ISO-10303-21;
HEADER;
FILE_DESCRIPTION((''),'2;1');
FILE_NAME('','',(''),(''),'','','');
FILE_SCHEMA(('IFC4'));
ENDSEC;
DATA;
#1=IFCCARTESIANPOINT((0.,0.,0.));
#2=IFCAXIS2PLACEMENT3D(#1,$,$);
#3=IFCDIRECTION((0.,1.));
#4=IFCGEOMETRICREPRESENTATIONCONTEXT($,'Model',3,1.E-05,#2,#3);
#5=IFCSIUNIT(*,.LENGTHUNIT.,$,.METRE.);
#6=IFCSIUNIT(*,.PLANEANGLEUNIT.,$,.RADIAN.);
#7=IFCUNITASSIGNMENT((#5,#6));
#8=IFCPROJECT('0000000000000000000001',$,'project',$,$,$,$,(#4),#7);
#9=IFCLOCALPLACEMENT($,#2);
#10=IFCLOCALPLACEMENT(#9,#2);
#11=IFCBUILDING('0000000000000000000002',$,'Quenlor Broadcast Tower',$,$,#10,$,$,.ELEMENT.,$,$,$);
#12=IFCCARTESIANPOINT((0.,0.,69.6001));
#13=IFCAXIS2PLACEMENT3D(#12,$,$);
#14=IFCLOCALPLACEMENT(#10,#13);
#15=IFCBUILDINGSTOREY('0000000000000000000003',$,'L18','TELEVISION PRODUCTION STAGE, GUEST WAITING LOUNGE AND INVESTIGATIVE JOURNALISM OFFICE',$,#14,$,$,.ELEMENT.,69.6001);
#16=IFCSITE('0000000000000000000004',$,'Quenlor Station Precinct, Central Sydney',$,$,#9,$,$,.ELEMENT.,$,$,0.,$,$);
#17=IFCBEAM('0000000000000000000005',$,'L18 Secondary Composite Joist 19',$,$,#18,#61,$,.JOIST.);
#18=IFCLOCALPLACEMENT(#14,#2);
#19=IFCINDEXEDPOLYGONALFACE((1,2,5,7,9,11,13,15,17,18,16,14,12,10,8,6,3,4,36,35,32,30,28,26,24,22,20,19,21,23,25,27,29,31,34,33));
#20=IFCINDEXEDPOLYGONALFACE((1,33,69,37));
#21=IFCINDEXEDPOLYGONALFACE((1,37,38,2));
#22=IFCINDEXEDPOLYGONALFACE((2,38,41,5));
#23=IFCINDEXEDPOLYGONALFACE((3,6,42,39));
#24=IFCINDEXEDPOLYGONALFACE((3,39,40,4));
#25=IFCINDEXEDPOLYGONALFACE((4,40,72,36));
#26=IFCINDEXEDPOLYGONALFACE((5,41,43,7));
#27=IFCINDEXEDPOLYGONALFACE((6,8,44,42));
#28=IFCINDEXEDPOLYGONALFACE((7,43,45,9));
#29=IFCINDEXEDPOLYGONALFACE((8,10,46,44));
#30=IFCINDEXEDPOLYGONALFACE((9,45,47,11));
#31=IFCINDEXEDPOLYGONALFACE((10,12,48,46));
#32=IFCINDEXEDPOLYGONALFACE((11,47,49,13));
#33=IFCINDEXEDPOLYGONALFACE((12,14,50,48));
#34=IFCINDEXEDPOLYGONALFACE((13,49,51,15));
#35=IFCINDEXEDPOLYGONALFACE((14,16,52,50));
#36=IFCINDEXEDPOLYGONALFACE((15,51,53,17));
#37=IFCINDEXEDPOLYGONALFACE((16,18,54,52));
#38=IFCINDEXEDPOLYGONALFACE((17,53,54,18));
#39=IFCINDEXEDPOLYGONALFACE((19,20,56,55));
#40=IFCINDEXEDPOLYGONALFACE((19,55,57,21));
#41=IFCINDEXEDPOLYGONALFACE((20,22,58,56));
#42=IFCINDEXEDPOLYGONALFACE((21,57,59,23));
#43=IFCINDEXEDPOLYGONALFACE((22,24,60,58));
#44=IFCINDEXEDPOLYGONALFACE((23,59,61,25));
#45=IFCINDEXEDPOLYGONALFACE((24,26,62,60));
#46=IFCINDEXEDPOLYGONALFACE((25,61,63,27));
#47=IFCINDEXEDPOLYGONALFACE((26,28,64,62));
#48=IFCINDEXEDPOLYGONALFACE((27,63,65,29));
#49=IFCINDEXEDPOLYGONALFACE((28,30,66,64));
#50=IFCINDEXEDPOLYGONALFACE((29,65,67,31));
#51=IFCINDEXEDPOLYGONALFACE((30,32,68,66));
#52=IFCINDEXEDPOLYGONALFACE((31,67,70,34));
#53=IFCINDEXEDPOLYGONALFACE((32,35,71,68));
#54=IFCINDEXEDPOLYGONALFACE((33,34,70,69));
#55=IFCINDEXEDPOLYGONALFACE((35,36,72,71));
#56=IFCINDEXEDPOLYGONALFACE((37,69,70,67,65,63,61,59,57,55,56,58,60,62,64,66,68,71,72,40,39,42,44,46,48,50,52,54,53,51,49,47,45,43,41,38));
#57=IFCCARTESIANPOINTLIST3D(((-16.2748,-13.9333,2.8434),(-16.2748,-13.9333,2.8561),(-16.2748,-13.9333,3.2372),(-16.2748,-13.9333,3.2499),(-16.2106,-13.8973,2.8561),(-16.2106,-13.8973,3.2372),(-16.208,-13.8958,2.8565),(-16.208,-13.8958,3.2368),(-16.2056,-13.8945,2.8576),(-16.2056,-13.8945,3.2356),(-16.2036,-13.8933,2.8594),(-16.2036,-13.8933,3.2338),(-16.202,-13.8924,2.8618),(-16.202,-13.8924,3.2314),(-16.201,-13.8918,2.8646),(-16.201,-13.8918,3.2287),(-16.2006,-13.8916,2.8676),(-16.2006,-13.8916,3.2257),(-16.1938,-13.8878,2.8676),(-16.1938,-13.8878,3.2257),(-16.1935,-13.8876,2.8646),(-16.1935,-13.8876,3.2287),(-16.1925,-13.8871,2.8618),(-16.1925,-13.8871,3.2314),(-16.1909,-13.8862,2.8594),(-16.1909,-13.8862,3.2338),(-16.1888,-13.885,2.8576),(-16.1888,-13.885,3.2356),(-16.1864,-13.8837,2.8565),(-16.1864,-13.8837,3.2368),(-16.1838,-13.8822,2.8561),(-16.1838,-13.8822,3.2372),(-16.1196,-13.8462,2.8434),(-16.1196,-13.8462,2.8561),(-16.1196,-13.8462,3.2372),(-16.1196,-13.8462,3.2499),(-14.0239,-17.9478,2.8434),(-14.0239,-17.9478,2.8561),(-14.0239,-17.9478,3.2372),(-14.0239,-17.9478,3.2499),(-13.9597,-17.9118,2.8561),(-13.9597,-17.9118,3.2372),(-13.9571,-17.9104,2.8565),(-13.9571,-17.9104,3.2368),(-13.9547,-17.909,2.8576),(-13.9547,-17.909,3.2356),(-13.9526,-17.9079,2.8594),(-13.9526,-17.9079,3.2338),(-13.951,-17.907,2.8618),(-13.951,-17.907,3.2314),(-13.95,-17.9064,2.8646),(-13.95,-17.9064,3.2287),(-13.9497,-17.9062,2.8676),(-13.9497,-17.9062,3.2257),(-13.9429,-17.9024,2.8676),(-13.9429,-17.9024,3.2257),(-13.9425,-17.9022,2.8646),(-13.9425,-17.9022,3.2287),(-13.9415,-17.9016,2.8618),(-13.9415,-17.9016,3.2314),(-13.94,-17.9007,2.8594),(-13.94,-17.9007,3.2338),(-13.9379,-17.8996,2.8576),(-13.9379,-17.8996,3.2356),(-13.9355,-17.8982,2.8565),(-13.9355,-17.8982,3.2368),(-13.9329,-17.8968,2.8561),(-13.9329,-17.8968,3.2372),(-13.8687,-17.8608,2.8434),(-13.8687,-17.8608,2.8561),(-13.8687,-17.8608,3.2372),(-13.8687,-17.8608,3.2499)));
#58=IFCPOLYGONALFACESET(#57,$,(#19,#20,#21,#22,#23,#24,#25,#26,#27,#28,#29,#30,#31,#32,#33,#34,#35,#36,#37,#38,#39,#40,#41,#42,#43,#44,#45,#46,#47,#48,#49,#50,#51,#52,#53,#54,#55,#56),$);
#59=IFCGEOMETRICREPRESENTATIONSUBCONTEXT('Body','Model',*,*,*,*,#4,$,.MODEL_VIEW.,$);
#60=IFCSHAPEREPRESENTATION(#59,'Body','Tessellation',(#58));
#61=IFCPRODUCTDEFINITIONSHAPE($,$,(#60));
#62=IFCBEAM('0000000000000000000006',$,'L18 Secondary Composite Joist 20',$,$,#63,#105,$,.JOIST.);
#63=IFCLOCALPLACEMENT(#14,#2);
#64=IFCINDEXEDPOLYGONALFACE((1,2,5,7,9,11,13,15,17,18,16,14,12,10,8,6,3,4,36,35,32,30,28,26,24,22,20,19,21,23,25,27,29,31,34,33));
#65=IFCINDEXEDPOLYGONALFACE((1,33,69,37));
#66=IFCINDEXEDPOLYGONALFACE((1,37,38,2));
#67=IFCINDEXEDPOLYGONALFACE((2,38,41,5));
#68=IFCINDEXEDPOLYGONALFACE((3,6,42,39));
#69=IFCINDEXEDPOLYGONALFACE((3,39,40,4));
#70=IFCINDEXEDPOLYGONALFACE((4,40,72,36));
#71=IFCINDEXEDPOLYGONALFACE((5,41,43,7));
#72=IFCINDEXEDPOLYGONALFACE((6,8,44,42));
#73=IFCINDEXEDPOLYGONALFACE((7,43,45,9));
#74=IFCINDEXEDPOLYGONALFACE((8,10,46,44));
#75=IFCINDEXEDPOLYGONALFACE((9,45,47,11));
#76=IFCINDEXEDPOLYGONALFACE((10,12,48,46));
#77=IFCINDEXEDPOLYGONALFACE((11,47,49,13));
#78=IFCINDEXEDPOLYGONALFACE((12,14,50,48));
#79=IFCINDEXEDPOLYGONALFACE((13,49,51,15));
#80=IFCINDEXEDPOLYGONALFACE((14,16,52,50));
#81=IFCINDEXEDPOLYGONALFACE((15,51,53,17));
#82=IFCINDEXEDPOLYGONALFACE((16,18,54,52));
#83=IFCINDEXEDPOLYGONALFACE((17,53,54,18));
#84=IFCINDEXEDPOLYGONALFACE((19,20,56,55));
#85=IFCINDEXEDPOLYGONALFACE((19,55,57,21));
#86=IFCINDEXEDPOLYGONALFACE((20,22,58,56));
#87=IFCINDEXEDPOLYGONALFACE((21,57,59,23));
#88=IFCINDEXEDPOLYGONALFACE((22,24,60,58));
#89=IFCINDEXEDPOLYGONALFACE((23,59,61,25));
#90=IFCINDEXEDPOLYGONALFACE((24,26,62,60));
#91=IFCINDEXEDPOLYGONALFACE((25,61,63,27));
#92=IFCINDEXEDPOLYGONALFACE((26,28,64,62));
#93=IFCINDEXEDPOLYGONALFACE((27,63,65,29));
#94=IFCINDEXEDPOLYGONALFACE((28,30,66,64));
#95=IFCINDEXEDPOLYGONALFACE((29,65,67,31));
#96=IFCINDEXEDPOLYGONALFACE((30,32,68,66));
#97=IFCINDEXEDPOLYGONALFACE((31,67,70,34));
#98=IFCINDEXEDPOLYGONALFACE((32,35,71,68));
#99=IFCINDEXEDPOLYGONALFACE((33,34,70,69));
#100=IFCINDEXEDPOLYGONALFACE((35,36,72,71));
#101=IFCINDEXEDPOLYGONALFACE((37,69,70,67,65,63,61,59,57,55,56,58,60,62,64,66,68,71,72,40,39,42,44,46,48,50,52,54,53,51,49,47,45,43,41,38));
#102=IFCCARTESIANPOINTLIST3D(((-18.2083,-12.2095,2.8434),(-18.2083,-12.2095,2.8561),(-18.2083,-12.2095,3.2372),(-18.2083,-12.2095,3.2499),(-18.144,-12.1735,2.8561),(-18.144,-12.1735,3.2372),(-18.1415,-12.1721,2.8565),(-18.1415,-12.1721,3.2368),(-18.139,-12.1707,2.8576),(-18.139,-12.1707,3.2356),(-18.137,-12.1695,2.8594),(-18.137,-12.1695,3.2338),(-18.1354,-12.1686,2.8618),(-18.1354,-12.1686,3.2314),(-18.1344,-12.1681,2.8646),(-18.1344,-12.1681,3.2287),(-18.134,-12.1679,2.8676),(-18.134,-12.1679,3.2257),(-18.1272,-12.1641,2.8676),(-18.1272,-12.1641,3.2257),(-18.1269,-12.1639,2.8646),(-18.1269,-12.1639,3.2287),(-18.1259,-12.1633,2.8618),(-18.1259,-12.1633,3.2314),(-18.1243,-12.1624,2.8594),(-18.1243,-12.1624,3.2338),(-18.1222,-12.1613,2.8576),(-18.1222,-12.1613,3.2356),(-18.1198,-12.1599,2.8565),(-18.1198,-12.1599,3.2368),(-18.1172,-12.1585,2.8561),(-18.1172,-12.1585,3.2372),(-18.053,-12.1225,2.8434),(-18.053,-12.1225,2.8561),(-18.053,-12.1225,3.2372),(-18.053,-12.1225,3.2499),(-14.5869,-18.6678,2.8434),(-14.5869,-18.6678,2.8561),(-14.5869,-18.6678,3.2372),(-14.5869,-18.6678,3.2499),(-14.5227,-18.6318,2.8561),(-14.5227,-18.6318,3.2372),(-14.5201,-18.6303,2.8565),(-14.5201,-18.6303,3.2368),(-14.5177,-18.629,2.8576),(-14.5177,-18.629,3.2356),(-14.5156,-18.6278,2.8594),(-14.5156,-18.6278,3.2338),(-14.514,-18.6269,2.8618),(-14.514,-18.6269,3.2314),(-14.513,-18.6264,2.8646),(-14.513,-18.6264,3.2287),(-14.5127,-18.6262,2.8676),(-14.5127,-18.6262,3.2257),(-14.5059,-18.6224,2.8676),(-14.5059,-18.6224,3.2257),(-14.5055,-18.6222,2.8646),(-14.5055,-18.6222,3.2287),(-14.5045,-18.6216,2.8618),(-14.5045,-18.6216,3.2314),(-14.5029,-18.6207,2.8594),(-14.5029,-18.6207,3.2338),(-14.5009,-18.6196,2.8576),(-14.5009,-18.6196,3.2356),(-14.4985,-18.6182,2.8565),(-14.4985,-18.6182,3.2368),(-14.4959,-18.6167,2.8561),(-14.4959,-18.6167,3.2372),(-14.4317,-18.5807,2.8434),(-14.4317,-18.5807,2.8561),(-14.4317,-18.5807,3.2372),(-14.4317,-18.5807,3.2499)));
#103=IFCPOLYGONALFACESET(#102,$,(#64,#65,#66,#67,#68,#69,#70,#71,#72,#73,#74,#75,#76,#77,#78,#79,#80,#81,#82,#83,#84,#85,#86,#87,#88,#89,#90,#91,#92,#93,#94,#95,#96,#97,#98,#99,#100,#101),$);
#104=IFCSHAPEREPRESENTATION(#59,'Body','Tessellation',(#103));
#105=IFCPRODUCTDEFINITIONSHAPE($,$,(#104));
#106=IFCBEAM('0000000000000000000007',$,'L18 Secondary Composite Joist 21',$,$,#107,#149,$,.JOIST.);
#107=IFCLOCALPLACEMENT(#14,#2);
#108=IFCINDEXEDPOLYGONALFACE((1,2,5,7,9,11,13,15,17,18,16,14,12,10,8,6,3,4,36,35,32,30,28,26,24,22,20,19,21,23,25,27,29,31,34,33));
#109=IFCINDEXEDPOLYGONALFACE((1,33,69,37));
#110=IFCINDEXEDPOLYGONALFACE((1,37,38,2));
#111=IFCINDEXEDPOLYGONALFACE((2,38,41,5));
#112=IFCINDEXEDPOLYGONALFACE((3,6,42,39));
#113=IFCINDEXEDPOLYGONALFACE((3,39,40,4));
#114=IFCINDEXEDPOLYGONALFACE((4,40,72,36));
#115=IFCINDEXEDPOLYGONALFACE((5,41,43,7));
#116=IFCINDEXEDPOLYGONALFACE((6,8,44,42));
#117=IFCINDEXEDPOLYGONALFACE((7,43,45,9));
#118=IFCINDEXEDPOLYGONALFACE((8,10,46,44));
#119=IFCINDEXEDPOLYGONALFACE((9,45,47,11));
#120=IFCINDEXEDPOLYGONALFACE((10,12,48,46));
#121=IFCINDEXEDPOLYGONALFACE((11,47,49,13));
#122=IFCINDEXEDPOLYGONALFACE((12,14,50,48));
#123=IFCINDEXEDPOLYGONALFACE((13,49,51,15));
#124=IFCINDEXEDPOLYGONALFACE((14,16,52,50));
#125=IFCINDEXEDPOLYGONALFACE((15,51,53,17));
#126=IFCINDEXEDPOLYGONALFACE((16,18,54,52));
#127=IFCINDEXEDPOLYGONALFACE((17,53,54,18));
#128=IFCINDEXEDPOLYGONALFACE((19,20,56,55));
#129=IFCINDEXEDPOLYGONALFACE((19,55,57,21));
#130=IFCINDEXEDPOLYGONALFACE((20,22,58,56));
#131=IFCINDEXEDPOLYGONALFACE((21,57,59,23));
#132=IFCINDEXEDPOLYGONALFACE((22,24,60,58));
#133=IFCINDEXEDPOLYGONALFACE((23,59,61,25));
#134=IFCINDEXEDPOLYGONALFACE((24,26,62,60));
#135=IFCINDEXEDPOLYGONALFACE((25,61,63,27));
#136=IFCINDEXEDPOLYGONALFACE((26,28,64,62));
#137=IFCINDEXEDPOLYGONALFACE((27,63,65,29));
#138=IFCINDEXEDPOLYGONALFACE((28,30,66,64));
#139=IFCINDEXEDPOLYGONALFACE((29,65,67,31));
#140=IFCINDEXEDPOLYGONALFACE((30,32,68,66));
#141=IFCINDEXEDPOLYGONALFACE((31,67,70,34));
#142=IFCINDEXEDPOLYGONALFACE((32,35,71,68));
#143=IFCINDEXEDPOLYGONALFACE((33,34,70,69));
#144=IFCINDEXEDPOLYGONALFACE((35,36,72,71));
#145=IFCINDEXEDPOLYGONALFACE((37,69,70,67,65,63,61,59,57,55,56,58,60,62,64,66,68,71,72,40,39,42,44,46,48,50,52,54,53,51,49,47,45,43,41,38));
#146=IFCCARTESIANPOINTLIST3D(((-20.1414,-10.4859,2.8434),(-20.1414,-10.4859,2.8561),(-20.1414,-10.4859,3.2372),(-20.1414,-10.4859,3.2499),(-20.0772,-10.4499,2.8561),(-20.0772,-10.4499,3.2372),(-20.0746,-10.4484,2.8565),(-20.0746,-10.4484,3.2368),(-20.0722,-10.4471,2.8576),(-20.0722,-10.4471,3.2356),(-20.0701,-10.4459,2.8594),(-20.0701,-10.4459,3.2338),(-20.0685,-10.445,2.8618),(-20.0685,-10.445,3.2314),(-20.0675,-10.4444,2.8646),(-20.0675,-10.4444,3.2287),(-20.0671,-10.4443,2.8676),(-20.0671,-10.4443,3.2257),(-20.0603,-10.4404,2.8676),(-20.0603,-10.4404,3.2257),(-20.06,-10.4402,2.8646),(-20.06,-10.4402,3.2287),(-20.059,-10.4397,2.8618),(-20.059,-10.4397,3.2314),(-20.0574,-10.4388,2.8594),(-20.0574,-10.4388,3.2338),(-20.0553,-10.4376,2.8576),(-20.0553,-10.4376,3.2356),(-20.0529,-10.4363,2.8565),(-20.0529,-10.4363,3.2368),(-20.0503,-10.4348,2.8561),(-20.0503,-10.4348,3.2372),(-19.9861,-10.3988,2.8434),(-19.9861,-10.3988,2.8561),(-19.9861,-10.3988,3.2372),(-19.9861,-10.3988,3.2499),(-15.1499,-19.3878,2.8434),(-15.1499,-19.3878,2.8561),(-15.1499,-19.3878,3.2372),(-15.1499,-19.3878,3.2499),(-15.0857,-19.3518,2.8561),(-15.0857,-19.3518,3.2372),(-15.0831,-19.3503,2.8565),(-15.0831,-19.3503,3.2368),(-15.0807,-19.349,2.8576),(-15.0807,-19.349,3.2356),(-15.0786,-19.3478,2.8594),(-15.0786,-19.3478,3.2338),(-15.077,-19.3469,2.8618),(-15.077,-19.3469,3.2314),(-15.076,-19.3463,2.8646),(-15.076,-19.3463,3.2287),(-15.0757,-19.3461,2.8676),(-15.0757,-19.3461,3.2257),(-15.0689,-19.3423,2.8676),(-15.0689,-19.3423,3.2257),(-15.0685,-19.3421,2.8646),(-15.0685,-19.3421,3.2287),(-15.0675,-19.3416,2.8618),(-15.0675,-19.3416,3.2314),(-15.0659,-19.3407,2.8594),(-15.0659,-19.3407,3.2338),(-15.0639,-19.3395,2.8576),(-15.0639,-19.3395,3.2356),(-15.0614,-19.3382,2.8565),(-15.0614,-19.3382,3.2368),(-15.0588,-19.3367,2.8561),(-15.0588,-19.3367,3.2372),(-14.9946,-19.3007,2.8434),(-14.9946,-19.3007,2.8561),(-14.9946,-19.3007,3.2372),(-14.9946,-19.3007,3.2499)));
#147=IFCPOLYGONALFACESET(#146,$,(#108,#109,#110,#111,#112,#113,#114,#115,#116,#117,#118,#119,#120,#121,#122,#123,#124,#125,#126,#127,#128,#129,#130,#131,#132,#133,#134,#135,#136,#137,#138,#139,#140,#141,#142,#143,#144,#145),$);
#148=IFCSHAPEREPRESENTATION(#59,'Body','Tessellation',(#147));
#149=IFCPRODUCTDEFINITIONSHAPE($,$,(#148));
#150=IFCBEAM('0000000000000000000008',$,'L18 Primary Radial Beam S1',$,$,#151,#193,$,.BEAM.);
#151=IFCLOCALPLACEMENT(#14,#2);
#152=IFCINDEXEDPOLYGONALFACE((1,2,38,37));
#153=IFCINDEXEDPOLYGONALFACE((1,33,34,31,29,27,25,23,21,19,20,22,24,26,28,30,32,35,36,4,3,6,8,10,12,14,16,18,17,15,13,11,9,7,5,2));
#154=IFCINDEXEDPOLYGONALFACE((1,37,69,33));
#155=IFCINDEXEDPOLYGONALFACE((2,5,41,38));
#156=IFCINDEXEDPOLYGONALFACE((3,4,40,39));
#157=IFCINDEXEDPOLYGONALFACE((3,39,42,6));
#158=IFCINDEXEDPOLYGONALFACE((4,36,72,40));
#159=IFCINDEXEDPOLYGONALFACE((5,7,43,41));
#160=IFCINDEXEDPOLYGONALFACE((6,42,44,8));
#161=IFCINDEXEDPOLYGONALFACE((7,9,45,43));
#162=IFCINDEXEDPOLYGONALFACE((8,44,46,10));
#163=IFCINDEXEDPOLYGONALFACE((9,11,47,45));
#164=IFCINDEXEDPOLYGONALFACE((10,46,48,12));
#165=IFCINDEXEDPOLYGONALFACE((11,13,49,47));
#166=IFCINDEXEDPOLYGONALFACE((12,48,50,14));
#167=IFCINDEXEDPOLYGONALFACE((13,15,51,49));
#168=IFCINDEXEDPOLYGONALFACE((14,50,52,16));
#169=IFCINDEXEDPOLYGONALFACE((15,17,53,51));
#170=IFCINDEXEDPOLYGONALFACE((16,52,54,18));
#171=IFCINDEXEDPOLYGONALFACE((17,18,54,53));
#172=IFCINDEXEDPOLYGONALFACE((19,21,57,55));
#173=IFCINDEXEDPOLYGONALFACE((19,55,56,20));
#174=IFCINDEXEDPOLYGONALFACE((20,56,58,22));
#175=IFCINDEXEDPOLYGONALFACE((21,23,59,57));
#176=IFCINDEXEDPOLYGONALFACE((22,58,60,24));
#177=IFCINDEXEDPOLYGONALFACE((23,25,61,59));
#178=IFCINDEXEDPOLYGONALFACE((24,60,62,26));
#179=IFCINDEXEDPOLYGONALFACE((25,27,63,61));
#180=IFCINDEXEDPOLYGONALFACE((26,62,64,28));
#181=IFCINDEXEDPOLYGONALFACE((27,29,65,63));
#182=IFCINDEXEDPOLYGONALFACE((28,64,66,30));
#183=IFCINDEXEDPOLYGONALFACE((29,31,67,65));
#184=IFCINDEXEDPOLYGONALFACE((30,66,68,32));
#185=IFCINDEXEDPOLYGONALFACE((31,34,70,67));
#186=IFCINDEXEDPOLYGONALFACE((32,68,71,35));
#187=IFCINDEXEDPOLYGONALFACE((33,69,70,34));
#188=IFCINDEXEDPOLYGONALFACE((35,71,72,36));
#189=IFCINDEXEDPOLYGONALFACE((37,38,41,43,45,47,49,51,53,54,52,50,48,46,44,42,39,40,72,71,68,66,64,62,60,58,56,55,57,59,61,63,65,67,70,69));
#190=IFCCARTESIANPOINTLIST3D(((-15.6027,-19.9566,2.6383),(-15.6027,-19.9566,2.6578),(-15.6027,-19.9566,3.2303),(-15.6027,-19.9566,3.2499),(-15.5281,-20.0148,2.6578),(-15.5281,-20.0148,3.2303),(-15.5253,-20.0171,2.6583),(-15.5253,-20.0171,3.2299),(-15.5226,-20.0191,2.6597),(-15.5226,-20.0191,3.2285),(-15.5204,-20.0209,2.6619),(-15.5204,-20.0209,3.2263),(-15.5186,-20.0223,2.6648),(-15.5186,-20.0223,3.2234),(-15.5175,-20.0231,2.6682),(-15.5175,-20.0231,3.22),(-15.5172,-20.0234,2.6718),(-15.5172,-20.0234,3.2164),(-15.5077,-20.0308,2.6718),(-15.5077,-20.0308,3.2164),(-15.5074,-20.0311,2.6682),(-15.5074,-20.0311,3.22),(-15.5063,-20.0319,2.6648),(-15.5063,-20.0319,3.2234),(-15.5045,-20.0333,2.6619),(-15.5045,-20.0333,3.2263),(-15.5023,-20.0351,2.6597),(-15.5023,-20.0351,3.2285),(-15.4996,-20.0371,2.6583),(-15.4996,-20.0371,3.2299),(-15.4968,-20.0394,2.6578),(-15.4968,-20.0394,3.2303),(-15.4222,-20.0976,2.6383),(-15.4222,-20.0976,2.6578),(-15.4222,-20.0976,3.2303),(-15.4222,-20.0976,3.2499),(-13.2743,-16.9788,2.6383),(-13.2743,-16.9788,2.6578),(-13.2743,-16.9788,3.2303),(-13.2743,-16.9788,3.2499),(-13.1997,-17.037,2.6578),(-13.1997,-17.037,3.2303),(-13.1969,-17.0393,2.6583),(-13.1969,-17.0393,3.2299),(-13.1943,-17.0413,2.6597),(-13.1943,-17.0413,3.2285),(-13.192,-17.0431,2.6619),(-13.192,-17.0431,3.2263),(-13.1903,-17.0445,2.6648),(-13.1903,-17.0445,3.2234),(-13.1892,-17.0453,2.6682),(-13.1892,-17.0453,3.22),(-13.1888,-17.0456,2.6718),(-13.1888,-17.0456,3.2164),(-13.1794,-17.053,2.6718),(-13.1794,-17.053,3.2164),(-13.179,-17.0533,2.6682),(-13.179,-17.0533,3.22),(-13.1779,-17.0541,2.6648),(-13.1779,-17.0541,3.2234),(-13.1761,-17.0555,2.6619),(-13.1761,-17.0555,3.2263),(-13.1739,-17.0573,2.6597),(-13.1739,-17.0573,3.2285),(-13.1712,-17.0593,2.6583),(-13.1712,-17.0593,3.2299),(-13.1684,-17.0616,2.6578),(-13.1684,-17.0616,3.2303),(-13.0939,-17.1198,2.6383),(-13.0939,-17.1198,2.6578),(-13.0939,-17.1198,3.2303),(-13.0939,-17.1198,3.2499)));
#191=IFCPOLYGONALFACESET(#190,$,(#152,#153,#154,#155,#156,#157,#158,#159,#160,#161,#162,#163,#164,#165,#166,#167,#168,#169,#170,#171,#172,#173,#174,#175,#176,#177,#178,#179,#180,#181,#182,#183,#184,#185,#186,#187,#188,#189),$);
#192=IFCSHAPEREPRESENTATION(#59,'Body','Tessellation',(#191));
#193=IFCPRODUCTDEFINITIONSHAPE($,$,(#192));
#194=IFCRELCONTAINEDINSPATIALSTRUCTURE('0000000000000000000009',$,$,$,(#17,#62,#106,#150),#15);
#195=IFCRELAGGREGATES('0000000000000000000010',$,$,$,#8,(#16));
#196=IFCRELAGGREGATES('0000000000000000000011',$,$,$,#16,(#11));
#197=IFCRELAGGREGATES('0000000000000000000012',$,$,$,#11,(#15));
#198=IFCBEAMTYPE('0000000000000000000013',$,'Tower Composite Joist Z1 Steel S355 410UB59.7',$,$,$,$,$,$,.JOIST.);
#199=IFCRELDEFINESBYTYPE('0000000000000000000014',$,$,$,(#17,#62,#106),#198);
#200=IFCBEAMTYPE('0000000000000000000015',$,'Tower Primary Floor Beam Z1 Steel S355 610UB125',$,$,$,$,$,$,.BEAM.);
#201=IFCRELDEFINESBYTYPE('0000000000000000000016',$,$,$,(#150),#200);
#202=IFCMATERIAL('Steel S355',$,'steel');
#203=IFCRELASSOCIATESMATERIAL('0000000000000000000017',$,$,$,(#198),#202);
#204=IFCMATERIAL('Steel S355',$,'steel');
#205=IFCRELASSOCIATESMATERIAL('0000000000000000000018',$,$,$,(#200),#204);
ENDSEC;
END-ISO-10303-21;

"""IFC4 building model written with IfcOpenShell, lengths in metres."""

from ifc_helpers import new_model, si_unit, direction, frame, origin, origin_2d, place, context, subcontext, project, spatial, i_section, extrude, material, material_profile, profile_set, type_object, element, save


model = new_model("IFC4")

# Units and contexts
model_context = context("Model", 3, precision=1e-05, world=origin(), true_north=direction((0.0, 1.0)))
body_context = subcontext(model_context, "Body", "Model", "MODEL_VIEW")
ifc_project = project(units=[si_unit("LENGTHUNIT", "METRE"), si_unit("PLANEANGLEUNIT", "RADIAN")], contexts=[model_context])

# Site, building, storey
site_placement = place(None, origin())
site = spatial("IfcSite", under=ifc_project, at=site_placement, Name="Quenlor Station Precinct, Central Sydney", CompositionType="ELEMENT", RefElevation=0.0)
building_placement = place(site_placement, origin())
building = spatial("IfcBuilding", under=site, at=building_placement, Name="Quenlor Broadcast Tower", CompositionType="ELEMENT")
storey_placement = place(building_placement, frame((0.0, 0.0, 69.6001)))
storey = spatial("IfcBuildingStorey", under=building, at=storey_placement, Name="L18", Description="TELEVISION PRODUCTION STAGE, GUEST WAITING LOUNGE AND INVESTIGATIVE JOURNALISM OFFICE", CompositionType="ELEMENT", Elevation=69.6001)

# Beams
ifc_material_1 = material(Name="Steel S355", Category="steel")
ifc_material_profile_1 = material_profile(ifc_material_1, i_section(OverallWidth=0.178, OverallDepth=0.4065, WebThickness=0.0078, FlangeThickness=0.0127, FilletRadius=0.0115, at=origin_2d()))
ifc_profile_set_1 = profile_set([ifc_material_profile_1], Name="Steel S355 410UB59.7")
beam_type_1 = type_object("IfcBeamType", Name="Tower Composite Joist Z1 Steel S355 410UB59.7", PredefinedType="JOIST", material=ifc_profile_set_1)
beam_1_placement = place(storey_placement, frame((-13.9463, -17.9043, 3.0466), z_axis=(-0.489062, 0.872249, 0.0), x_axis=(-0.872249, -0.489062, 0.0)))
element("IfcBeam", 1, at=beam_1_placement, inside=storey, type_object=beam_type_1, Name="L18 Secondary Composite Joist 19", PredefinedType="JOIST", context=body_context, shape_type="SweptSolid", body=[
    extrude(i_section(OverallWidth=0.178, OverallDepth=0.4065, WebThickness=0.0078, FlangeThickness=0.0127, FilletRadius=0.0115, at=origin_2d()), origin(), (0.0, 0.0, 1.0), 4.6025),
])
beam_2_placement = place(storey_placement, frame((-14.5093, -18.6243, 3.0466), z_axis=(-0.489088, 0.872234, 0.0), x_axis=(-0.872234, -0.489088, 0.0)))
element("IfcBeam", 2, at=beam_2_placement, inside=storey, type_object=beam_type_1, Name="L18 Secondary Composite Joist 20", PredefinedType="JOIST", context=body_context, shape_type="SweptSolid", body=[
    extrude(i_section(OverallWidth=0.178, OverallDepth=0.4065, WebThickness=0.0078, FlangeThickness=0.0127, FilletRadius=0.0115, at=origin_2d()), origin(), (0.0, 0.0, 1.0), 7.4043),
])
beam_3_placement = place(storey_placement, frame((-15.0723, -19.3442, 3.0466), z_axis=(-0.489082, 0.872238, 0.0), x_axis=(-0.872238, -0.489082, 0.0)))
element("IfcBeam", 3, at=beam_3_placement, inside=storey, type_object=beam_type_1, Name="L18 Secondary Composite Joist 21", PredefinedType="JOIST", context=body_context, shape_type="SweptSolid", body=[
    extrude(i_section(OverallWidth=0.178, OverallDepth=0.4065, WebThickness=0.0078, FlangeThickness=0.0127, FilletRadius=0.0115, at=origin_2d()), origin(), (0.0, 0.0, 1.0), 10.2058),
])
ifc_material_2 = material(Name="Steel S355", Category="steel")
ifc_material_profile_2 = material_profile(ifc_material_2, i_section(OverallWidth=0.229, OverallDepth=0.6116, WebThickness=0.012, FlangeThickness=0.0195, FilletRadius=0.0139, at=origin_2d()))
ifc_profile_set_2 = profile_set([ifc_material_profile_2], Name="Steel S355 610UB125")
beam_type_2 = type_object("IfcBeamType", Name="Tower Primary Floor Beam Z1 Steel S355 610UB125", PredefinedType="BEAM", material=ifc_profile_set_2)
beam_4_placement = place(storey_placement, frame((-15.5125, -20.0271, 2.9441), z_axis=(0.615969, 0.787771, 0.0), x_axis=(-0.787771, 0.615969, 0.0)))
element("IfcBeam", 4, at=beam_4_placement, inside=storey, type_object=beam_type_2, Name="L18 Primary Radial Beam S1", PredefinedType="BEAM", context=body_context, shape_type="SweptSolid", body=[
    extrude(i_section(OverallWidth=0.229, OverallDepth=0.6116, WebThickness=0.012, FlangeThickness=0.0195, FilletRadius=0.0139, at=origin_2d()), origin(), (0.0, 0.0, 1.0), 3.78),
])

save(model, "model.ifc")
